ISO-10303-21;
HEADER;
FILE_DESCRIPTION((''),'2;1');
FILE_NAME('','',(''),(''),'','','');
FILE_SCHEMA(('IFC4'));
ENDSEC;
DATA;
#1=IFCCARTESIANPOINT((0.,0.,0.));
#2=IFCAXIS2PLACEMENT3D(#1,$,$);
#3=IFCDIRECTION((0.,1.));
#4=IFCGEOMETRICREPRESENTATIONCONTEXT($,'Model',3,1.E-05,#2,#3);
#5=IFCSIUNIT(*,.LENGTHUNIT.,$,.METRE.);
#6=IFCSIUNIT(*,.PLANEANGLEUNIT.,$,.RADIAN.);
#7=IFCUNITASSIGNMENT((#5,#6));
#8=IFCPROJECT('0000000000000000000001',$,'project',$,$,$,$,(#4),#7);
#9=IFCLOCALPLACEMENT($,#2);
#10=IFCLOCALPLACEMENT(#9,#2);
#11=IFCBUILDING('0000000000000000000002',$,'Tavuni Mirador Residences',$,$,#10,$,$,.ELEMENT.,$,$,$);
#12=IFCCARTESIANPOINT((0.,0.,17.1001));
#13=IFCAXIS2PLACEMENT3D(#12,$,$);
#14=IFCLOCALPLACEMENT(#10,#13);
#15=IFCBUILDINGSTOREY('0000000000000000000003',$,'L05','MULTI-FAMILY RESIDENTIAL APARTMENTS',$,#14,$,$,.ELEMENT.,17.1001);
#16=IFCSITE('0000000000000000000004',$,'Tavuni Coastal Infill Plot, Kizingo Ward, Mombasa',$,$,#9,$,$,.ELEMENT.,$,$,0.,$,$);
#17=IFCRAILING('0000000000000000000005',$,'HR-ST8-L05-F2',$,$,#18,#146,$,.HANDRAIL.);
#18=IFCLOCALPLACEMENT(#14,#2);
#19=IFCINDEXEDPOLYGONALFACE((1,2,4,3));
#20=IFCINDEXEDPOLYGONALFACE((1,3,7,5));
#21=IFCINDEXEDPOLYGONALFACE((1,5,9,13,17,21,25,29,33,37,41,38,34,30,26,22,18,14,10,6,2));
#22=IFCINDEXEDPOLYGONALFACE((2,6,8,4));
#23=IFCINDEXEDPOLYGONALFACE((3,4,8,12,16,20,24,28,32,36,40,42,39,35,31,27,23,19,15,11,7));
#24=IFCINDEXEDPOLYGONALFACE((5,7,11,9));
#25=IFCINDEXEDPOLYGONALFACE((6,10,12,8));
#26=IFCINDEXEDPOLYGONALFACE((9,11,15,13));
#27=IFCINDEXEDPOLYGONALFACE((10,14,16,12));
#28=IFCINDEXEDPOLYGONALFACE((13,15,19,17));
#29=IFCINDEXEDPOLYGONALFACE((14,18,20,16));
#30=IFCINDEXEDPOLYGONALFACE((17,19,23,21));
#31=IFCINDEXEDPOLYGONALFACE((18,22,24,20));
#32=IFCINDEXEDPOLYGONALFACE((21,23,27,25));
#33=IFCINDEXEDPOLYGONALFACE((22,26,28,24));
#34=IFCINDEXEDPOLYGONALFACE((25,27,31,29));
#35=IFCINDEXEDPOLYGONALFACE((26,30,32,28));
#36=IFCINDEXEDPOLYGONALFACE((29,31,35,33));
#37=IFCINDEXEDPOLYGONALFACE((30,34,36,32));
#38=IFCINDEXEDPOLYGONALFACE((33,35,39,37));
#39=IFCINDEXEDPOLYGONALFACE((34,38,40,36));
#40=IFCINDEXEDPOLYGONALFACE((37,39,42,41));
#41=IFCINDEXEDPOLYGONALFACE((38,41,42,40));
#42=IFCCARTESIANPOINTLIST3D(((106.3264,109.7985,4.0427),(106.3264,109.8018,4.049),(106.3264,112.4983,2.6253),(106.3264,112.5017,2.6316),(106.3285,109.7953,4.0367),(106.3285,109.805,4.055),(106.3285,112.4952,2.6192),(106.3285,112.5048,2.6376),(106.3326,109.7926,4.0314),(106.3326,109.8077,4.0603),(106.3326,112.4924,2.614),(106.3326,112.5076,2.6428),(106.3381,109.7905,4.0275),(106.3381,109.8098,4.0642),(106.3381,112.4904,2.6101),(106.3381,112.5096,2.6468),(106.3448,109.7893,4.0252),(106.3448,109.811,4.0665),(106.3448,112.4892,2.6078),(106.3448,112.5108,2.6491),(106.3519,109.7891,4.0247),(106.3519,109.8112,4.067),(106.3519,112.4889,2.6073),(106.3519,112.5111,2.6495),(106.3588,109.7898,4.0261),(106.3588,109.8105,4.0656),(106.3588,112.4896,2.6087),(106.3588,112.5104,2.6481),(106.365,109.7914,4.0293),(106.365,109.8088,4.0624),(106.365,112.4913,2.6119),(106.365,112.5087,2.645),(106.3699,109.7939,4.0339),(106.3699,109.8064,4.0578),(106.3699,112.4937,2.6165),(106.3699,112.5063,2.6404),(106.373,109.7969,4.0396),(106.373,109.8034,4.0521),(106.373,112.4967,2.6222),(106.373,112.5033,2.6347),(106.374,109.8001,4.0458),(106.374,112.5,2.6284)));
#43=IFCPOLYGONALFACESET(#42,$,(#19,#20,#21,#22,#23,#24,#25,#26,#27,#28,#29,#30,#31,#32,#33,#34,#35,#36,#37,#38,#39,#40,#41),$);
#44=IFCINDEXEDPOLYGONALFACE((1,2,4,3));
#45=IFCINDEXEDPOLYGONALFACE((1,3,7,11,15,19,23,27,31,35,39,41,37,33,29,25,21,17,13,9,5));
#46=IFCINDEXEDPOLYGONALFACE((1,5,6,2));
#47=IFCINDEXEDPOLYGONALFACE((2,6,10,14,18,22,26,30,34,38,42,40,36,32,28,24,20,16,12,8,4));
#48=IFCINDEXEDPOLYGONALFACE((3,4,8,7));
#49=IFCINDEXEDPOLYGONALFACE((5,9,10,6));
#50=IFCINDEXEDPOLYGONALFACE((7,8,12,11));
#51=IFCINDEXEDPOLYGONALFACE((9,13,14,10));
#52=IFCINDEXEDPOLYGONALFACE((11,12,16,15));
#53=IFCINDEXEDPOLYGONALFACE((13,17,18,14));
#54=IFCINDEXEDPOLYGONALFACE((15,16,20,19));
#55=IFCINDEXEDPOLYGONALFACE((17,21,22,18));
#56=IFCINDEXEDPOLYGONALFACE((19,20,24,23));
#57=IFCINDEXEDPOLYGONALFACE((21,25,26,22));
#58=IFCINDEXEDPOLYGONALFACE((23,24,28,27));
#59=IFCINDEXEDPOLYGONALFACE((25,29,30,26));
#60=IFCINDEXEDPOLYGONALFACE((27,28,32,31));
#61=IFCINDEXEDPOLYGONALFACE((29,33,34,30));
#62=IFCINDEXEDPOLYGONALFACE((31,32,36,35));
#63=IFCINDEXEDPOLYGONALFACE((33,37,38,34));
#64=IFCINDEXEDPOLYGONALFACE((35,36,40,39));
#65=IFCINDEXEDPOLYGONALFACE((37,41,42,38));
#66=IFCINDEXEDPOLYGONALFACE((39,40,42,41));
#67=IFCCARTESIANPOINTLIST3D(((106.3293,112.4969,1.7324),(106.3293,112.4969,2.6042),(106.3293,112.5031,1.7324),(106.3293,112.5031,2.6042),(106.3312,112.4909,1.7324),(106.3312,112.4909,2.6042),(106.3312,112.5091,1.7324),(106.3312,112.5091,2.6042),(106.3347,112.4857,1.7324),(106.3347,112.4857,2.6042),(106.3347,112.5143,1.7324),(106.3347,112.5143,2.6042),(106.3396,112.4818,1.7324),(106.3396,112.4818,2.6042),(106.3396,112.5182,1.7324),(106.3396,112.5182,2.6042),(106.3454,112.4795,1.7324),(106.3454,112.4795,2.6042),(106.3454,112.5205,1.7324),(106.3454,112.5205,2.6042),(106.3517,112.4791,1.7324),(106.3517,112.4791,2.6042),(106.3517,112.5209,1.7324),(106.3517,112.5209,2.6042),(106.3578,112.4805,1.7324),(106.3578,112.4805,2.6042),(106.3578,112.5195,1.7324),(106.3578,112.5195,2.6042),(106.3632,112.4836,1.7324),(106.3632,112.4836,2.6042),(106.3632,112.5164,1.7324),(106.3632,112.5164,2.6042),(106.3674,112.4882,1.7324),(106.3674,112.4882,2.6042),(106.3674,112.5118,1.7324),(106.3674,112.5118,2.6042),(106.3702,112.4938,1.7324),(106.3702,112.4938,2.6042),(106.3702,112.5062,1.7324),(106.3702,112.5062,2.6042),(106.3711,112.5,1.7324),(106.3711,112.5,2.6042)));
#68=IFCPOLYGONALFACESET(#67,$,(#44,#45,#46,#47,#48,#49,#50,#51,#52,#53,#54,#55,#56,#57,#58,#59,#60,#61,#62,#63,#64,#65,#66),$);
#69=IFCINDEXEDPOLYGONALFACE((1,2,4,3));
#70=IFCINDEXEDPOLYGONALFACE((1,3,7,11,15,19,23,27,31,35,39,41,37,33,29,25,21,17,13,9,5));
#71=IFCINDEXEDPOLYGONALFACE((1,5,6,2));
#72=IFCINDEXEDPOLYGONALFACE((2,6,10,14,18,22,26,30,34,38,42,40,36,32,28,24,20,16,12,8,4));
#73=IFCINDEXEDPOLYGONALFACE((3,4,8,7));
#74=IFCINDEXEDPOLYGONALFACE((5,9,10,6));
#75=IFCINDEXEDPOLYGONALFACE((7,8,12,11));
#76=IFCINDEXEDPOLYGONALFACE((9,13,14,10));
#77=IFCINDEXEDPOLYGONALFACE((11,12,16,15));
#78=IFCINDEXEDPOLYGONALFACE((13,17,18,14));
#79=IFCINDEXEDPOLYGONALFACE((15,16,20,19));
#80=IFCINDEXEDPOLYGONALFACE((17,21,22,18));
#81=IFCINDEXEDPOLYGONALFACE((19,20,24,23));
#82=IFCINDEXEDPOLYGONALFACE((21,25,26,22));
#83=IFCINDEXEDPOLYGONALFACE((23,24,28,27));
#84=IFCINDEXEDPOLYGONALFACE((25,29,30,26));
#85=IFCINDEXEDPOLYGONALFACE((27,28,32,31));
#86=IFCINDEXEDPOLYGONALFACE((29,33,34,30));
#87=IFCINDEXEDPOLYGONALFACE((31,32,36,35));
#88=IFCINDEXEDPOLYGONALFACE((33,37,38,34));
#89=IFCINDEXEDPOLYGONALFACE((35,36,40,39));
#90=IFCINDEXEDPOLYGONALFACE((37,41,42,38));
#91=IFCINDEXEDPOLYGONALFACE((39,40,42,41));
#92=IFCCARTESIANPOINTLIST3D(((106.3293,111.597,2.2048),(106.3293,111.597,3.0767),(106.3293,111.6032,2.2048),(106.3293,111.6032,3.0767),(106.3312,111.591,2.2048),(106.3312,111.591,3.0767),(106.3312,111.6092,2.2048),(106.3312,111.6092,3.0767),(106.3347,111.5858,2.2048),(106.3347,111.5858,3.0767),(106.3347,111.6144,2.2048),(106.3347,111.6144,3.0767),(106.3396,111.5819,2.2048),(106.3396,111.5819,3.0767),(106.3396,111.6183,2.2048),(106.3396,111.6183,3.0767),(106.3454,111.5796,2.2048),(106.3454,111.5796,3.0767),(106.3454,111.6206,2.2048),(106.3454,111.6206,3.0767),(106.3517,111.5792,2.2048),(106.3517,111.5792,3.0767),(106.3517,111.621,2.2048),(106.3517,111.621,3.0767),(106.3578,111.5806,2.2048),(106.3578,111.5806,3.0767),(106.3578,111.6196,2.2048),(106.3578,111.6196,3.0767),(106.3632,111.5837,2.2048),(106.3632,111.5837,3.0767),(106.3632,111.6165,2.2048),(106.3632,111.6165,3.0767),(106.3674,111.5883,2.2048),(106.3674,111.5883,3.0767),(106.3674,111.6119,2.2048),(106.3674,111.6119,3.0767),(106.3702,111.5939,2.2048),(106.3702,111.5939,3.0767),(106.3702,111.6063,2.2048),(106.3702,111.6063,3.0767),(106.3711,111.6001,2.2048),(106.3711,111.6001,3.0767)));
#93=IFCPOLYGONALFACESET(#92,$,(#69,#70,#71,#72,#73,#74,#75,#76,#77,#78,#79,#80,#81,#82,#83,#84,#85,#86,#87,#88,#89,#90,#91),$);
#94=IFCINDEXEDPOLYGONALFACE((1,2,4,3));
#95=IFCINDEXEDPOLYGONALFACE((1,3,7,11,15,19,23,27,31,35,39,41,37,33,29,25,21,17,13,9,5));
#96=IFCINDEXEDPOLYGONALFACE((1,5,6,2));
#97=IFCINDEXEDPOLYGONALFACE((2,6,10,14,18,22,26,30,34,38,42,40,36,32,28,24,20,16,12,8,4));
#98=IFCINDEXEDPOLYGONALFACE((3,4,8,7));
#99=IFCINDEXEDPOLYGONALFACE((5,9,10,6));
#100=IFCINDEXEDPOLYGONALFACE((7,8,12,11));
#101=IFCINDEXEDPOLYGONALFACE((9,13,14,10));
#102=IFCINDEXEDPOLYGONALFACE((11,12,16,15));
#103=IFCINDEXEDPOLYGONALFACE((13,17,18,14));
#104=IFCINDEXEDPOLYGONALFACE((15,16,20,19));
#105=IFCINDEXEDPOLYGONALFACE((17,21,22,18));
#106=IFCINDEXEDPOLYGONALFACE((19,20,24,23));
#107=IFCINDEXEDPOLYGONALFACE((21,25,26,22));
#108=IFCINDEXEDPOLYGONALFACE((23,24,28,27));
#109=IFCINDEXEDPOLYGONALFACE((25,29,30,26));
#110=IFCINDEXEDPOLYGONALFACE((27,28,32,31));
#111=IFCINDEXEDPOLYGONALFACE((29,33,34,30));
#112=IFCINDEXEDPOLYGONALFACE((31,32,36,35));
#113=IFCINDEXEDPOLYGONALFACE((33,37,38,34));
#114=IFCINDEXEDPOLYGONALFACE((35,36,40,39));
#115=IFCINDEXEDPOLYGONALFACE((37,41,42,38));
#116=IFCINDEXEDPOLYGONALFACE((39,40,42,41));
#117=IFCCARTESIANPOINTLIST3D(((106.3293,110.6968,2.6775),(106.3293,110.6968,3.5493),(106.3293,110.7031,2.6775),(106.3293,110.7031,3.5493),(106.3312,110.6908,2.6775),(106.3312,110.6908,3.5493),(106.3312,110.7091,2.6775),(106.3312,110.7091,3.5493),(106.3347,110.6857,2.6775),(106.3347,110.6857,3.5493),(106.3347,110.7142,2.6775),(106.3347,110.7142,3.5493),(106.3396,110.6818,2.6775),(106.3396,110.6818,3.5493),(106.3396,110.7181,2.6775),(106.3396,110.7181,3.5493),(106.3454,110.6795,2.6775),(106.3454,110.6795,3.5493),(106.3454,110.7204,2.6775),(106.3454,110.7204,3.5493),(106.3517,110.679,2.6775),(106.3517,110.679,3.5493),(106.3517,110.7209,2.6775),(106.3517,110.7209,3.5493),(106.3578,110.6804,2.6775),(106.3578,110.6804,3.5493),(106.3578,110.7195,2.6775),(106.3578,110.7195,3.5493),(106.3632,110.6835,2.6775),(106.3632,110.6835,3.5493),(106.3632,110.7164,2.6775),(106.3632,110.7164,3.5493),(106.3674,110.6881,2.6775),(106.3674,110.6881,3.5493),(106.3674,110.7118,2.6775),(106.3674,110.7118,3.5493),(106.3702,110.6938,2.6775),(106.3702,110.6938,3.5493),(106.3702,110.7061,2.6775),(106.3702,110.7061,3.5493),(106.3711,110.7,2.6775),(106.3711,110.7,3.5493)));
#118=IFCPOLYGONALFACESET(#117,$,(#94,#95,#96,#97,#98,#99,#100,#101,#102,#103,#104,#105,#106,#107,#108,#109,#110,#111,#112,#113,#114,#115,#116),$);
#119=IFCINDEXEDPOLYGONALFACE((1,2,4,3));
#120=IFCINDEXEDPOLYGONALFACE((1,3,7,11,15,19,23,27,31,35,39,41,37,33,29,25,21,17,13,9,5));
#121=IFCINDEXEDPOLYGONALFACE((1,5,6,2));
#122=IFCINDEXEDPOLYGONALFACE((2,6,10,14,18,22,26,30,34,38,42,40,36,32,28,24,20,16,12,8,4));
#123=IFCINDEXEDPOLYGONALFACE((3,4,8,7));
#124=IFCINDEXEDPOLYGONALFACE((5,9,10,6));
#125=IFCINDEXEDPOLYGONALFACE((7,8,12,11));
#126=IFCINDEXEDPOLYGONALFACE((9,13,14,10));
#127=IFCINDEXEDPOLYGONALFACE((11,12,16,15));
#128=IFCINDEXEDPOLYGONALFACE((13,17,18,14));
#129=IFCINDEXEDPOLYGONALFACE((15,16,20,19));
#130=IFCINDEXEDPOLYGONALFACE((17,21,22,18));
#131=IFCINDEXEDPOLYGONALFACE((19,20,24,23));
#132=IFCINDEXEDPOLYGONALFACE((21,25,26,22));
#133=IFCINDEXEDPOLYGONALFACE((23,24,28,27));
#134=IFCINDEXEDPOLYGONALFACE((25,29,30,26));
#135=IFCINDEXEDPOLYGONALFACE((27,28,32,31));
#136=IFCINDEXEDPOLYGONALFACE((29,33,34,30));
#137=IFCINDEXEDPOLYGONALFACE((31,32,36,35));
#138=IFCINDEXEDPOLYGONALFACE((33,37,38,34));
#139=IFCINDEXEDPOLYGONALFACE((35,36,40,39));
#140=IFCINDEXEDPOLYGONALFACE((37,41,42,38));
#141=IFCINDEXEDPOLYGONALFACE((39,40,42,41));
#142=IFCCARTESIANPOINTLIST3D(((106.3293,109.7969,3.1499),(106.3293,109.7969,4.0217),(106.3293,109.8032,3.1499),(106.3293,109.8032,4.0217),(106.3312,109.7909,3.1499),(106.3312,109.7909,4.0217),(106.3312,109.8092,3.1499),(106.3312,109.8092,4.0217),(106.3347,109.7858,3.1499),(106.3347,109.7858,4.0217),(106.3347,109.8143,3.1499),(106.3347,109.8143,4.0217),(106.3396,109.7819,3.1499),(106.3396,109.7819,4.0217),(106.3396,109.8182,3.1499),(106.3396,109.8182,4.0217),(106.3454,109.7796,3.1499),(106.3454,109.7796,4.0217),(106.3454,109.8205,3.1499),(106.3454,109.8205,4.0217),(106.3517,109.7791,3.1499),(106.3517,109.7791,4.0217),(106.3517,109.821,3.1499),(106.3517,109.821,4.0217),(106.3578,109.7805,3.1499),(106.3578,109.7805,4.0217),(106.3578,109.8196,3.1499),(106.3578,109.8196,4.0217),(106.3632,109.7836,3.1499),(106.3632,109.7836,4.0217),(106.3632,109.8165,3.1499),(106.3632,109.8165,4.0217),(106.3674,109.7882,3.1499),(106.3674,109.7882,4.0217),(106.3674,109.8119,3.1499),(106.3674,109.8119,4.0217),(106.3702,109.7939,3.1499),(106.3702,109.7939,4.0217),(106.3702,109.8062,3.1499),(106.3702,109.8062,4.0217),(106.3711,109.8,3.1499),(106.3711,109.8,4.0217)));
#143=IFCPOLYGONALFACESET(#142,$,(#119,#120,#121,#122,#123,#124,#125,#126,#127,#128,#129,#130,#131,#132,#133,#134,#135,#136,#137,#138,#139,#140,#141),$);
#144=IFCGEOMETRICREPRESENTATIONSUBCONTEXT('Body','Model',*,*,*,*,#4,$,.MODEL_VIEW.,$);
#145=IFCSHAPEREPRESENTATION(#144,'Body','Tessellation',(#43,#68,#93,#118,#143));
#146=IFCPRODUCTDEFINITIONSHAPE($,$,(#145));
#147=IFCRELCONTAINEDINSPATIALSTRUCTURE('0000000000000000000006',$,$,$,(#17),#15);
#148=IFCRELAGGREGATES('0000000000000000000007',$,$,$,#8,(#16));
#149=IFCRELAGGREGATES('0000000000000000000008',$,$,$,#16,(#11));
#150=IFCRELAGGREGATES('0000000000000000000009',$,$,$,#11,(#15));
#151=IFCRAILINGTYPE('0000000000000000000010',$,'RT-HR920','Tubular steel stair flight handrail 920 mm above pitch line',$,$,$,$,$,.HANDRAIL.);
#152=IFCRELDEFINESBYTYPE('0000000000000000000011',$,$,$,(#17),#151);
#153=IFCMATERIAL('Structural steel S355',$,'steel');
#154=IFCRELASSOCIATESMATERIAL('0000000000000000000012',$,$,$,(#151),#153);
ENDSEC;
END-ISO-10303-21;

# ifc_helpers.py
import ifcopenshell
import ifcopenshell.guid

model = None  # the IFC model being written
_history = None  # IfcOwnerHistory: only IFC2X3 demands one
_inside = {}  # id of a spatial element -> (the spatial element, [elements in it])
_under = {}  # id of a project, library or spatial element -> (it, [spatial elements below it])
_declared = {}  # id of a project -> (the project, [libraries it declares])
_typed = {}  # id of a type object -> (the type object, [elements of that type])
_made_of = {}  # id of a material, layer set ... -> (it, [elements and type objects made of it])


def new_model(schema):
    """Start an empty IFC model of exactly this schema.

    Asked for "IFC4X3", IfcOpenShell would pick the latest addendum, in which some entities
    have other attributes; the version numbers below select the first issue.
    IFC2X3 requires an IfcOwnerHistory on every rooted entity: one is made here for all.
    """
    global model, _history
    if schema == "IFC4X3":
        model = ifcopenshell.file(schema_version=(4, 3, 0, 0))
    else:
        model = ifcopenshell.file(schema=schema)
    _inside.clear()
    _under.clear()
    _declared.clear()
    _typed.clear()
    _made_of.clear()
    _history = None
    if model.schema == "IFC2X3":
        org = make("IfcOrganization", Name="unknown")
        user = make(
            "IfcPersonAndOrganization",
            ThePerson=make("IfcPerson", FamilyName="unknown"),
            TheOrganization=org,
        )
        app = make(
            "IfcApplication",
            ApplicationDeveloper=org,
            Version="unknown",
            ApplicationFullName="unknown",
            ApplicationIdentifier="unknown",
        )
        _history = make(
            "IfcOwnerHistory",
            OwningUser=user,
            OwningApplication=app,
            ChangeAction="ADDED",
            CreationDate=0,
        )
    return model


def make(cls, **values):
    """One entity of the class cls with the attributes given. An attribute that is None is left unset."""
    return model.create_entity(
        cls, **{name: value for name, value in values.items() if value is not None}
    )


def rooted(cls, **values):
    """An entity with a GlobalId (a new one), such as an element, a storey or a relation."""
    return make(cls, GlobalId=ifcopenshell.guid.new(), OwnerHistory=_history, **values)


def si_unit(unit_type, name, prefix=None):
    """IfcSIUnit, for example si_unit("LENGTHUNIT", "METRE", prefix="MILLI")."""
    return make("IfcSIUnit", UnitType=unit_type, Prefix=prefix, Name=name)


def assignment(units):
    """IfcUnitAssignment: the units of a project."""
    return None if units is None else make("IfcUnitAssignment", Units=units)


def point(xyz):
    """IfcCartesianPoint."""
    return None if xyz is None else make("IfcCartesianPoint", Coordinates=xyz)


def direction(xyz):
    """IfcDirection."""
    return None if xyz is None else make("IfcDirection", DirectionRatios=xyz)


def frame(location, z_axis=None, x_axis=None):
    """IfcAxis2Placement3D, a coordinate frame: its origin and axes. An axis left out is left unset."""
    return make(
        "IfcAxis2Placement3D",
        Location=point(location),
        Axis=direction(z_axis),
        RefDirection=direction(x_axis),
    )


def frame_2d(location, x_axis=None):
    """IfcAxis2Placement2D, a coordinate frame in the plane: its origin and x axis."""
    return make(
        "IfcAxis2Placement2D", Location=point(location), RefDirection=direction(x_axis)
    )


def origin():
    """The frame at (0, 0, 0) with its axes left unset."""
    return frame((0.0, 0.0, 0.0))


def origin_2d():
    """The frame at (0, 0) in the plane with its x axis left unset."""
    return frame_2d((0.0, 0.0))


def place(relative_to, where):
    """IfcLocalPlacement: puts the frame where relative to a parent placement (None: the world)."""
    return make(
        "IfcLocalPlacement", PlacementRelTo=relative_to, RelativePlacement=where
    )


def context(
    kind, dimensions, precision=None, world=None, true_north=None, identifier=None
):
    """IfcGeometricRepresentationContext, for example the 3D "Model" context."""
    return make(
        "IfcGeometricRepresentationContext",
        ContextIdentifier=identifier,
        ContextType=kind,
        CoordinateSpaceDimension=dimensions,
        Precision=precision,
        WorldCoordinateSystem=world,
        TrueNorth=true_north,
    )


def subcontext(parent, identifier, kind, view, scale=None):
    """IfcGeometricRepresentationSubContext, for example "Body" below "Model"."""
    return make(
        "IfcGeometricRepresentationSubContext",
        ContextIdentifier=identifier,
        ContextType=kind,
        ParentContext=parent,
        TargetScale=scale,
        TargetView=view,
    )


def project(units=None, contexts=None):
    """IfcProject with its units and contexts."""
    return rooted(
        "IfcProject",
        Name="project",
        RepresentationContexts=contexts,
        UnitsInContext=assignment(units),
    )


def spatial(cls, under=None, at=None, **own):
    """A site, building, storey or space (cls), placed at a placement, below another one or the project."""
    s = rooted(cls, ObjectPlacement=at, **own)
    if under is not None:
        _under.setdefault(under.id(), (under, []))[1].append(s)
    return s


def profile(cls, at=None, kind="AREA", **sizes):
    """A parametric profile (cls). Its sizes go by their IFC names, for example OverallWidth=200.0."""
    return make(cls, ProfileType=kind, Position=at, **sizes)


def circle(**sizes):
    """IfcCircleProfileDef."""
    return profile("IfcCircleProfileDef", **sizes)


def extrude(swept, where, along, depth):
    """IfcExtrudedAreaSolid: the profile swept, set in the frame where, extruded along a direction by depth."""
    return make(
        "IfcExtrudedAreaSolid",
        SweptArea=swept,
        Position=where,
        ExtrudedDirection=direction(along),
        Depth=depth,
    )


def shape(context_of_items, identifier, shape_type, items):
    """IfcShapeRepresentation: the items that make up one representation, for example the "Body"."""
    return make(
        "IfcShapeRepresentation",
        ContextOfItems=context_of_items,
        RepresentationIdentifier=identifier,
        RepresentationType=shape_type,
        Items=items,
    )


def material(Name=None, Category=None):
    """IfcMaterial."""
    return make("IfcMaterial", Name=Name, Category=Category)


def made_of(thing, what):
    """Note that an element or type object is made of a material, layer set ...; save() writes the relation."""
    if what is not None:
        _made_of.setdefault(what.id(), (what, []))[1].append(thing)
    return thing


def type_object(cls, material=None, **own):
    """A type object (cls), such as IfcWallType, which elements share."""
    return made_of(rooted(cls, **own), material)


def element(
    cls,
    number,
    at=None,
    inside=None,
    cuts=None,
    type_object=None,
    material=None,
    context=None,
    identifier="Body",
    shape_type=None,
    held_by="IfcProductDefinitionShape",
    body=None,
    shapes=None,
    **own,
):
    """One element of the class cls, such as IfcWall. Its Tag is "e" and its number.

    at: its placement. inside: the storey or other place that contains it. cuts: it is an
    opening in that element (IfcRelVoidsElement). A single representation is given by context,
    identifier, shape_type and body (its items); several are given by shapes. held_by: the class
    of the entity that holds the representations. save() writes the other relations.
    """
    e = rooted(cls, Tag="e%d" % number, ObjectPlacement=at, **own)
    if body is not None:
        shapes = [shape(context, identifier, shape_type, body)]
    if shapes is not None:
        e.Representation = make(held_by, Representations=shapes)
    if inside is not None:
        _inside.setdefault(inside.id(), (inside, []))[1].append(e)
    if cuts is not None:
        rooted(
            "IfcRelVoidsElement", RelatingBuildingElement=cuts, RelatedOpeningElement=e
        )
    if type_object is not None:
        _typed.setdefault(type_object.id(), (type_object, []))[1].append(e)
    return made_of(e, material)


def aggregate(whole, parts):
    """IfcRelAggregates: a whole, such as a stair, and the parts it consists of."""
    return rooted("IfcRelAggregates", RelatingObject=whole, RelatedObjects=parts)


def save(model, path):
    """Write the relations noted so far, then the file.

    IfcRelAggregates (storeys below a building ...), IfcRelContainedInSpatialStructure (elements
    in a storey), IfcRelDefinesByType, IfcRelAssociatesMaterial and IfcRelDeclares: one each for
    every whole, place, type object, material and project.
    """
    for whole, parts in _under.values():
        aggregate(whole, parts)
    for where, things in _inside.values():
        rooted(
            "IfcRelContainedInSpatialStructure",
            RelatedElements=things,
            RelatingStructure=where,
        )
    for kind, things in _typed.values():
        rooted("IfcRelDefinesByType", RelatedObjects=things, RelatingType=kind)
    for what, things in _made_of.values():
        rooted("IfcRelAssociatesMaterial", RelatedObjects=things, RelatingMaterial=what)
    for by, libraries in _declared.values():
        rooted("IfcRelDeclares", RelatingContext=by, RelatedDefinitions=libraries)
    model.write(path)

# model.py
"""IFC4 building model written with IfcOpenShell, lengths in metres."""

from ifc_helpers import new_model, si_unit, direction, frame, origin, origin_2d, place, context, subcontext, project, spatial, circle, extrude, material, type_object, element, save


model = new_model("IFC4")

# Units and contexts
model_context = context("Model", 3, precision=1e-05, world=origin(), true_north=direction((0.0, 1.0)))
body_context = subcontext(model_context, "Body", "Model", "MODEL_VIEW")
ifc_project = project(units=[si_unit("LENGTHUNIT", "METRE"), si_unit("PLANEANGLEUNIT", "RADIAN")], contexts=[model_context])

# Site, building, storey
site_placement = place(None, origin())
site = spatial("IfcSite", under=ifc_project, at=site_placement, Name="Tavuni Coastal Infill Plot, Kizingo Ward, Mombasa", CompositionType="ELEMENT", RefElevation=0.0)
building_placement = place(site_placement, origin())
building = spatial("IfcBuilding", under=site, at=building_placement, Name="Tavuni Mirador Residences", CompositionType="ELEMENT")
storey_placement = place(building_placement, frame((0.0, 0.0, 17.1001)))
storey = spatial("IfcBuildingStorey", under=building, at=storey_placement, Name="L05", Description="MULTI-FAMILY RESIDENTIAL APARTMENTS", CompositionType="ELEMENT", Elevation=17.1001)

# Shared definitions
ifc_material_1 = material(Name="Structural steel S355", Category="steel")

# Railing
railing_type_1 = type_object("IfcRailingType", Name="RT-HR920", Description="Tubular steel stair flight handrail 920 mm above pitch line", PredefinedType="HANDRAIL", material=ifc_material_1)
railing_1_placement = place(storey_placement, frame((106.3501, 112.5, 1.7324)))
element("IfcRailing", 1, at=railing_1_placement, inside=storey, type_object=railing_type_1, Name="HR-ST8-L05-F2", PredefinedType="HANDRAIL", context=body_context, shape_type="SweptSolid", body=[
    extrude(circle(Radius=0.0239, at=origin_2d()), frame((0.0, 0.0, 0.896), z_axis=(0.0, -0.885397, 0.464835), x_axis=(1.0, 0.0, 0.0)), (0.0, 0.0, 1.0), 3.0493),
    extrude(circle(Radius=0.021, at=origin_2d()), origin(), (0.0, 0.0, 1.0), 0.8718),
    extrude(circle(Radius=0.021, at=origin_2d()), frame((0.0, -0.8999, 0.4724)), (0.0, 0.0, 1.0), 0.8718),
    extrude(circle(Radius=0.021, at=origin_2d()), frame((0.0, -1.8, 0.9451)), (0.0, 0.0, 1.0), 0.8718),
    extrude(circle(Radius=0.021, at=origin_2d()), frame((0.0, -2.7, 1.4175)), (0.0, 0.0, 1.0), 0.8718),
])

save(model, "model.ifc")
